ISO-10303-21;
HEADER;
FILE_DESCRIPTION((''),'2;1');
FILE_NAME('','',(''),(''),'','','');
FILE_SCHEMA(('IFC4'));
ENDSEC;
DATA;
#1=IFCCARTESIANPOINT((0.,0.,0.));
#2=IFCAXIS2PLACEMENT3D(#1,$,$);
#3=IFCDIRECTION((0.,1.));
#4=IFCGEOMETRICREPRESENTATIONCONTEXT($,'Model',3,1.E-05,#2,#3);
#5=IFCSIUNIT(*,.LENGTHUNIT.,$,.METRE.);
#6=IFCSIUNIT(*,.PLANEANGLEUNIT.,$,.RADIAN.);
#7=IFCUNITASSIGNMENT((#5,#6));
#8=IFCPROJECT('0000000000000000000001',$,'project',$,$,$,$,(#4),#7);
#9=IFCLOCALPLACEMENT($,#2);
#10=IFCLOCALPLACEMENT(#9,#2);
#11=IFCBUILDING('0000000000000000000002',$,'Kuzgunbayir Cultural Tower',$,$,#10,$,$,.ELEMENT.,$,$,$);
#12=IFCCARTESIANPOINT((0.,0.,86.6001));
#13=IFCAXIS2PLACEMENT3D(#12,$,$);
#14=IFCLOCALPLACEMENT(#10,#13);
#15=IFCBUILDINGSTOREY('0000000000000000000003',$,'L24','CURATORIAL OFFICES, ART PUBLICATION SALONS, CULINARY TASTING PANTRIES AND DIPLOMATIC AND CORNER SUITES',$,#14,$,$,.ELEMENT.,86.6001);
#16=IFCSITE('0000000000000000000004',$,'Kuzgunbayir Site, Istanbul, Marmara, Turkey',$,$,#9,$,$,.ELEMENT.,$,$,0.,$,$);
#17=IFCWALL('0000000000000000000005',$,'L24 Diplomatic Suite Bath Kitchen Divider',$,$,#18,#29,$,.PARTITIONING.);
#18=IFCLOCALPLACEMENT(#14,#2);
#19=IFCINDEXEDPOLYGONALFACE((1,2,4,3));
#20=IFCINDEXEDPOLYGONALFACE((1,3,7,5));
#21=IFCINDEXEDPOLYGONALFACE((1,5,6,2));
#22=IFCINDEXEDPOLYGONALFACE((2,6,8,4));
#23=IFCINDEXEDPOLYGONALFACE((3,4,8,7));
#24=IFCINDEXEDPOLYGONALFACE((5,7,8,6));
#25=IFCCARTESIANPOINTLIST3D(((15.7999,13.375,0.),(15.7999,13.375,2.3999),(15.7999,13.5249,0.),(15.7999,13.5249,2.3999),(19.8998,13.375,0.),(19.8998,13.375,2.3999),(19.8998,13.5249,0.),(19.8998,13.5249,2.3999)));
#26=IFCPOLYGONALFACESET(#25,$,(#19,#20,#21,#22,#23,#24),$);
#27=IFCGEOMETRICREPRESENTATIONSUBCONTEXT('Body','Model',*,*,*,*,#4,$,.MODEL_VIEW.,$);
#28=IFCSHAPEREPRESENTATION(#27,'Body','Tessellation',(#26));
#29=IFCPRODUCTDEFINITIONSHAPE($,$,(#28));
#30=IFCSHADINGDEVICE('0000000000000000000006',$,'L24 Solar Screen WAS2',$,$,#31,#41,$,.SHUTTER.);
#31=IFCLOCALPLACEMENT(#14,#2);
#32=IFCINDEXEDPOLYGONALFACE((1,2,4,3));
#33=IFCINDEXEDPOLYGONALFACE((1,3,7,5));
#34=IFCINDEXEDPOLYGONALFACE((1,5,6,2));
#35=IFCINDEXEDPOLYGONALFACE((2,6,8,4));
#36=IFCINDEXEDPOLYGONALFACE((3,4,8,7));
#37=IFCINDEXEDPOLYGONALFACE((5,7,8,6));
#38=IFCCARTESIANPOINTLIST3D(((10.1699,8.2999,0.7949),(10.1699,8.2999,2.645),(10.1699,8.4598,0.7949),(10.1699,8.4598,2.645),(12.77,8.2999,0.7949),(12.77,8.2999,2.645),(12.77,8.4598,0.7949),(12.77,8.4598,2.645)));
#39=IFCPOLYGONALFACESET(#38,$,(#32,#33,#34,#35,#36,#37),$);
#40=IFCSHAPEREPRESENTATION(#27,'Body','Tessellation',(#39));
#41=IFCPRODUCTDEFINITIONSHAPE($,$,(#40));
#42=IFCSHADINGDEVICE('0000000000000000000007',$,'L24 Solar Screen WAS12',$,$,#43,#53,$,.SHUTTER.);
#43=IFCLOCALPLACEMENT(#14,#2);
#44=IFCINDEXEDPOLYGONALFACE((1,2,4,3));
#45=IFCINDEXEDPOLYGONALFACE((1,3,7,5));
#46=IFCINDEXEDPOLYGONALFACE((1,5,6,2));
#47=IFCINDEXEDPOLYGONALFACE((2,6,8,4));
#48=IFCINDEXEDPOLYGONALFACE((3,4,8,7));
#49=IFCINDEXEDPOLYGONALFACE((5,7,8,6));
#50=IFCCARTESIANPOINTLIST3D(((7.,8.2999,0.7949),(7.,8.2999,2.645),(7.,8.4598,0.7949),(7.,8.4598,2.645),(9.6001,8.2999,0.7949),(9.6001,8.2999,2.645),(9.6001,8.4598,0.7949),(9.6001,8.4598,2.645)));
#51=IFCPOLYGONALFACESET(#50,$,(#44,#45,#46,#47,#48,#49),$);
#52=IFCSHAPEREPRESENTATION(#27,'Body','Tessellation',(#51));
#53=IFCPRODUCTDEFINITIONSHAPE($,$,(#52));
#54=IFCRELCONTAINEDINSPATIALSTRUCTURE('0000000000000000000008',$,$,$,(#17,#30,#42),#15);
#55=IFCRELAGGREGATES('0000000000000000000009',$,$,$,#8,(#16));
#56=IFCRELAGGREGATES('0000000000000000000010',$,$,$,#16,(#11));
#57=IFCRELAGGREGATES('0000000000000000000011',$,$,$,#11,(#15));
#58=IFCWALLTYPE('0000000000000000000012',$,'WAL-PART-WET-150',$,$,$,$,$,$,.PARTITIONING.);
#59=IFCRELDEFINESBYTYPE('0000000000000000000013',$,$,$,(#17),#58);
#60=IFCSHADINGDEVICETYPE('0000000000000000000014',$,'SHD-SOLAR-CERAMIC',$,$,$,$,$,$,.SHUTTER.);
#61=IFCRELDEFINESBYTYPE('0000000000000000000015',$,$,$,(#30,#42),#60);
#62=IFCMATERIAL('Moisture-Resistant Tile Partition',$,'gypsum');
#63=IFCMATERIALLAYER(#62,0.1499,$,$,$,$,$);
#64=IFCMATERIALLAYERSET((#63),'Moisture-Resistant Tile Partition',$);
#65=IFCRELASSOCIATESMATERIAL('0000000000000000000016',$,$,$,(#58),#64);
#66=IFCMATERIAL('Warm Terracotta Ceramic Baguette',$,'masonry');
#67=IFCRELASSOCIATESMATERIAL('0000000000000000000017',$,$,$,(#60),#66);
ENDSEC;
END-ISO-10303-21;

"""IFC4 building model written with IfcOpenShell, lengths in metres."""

from ifc_helpers import new_model, si_unit, direction, frame, frame_2d, origin, origin_2d, place, context, subcontext, project, spatial, rectangle, extrude, material, layer, layer_set, type_object, element, save


model = new_model("IFC4")

# Units and contexts
model_context = context("Model", 3, precision=1e-05, world=origin(), true_north=direction((0.0, 1.0)))
body_context = subcontext(model_context, "Body", "Model", "MODEL_VIEW")
ifc_project = project(units=[si_unit("LENGTHUNIT", "METRE"), si_unit("PLANEANGLEUNIT", "RADIAN")], contexts=[model_context])

# Site, building, storey
site_placement = place(None, origin())
site = spatial("IfcSite", under=ifc_project, at=site_placement, Name="Kuzgunbayir Site, Istanbul, Marmara, Turkey", CompositionType="ELEMENT", RefElevation=0.0)
building_placement = place(site_placement, origin())
building = spatial("IfcBuilding", under=site, at=building_placement, Name="Kuzgunbayir Cultural Tower", CompositionType="ELEMENT")
storey_placement = place(building_placement, frame((0.0, 0.0, 86.6001)))
storey = spatial("IfcBuildingStorey", under=building, at=storey_placement, Name="L24", Description="CURATORIAL OFFICES, ART PUBLICATION SALONS, CULINARY TASTING PANTRIES AND DIPLOMATIC AND CORNER SUITES", CompositionType="ELEMENT", Elevation=86.6001)

# Shared definitions
ifc_material_1 = material(Name="Moisture-Resistant Tile Partition", Category="gypsum")
ifc_layer_1 = layer(ifc_material_1, 0.1499)
ifc_layer_set_1 = layer_set([ifc_layer_1], Name="Moisture-Resistant Tile Partition")
wall_type_1 = type_object("IfcWallType", Name="WAL-PART-WET-150", PredefinedType="PARTITIONING", material=ifc_layer_set_1)

# Wall
wall_1_placement = place(storey_placement, frame((15.8, 13.45, 0.0), z_axis=(0.0, 0.0, 1.0), x_axis=(1.0, 0.0, 0.0)))
element("IfcWall", 1, at=wall_1_placement, inside=storey, type_object=wall_type_1, Name="L24 Diplomatic Suite Bath Kitchen Divider", PredefinedType="PARTITIONING", context=body_context, shape_type="SweptSolid", body=[
    extrude(rectangle(XDim=4.0999, YDim=0.1499, at=frame_2d((2.0498, 0.0))), origin(), (0.0, 0.0, 1.0), 2.3999),
])

# Shading devices
ifc_material_2 = material(Name="Warm Terracotta Ceramic Baguette", Category="masonry")
shading_device_type = type_object("IfcShadingDeviceType", Name="SHD-SOLAR-CERAMIC", PredefinedType="SHUTTER", material=ifc_material_2)
for number, where, z_axis, x_axis, name in (
    (2, (11.47, 8.3799, 0.7949), (0.0, 0.0, 1.0), (1.0, 0.0, 0.0), "L24 Solar Screen WAS2"),
    (3, (8.3, 8.3799, 0.7949), (0.0, 0.0, 1.0), (1.0, 0.0, 0.0), "L24 Solar Screen WAS12"),
):
    element("IfcShadingDevice", number, at=place(storey_placement, frame(where, z_axis=z_axis, x_axis=x_axis)), inside=storey, type_object=shading_device_type, Name=name, PredefinedType="SHUTTER", context=body_context, shape_type="SweptSolid", body=[
        extrude(rectangle(XDim=2.6001, YDim=0.1599, at=origin_2d()), origin(), (0.0, 0.0, 1.0), 1.8501),
    ])

save(model, "model.ifc")
